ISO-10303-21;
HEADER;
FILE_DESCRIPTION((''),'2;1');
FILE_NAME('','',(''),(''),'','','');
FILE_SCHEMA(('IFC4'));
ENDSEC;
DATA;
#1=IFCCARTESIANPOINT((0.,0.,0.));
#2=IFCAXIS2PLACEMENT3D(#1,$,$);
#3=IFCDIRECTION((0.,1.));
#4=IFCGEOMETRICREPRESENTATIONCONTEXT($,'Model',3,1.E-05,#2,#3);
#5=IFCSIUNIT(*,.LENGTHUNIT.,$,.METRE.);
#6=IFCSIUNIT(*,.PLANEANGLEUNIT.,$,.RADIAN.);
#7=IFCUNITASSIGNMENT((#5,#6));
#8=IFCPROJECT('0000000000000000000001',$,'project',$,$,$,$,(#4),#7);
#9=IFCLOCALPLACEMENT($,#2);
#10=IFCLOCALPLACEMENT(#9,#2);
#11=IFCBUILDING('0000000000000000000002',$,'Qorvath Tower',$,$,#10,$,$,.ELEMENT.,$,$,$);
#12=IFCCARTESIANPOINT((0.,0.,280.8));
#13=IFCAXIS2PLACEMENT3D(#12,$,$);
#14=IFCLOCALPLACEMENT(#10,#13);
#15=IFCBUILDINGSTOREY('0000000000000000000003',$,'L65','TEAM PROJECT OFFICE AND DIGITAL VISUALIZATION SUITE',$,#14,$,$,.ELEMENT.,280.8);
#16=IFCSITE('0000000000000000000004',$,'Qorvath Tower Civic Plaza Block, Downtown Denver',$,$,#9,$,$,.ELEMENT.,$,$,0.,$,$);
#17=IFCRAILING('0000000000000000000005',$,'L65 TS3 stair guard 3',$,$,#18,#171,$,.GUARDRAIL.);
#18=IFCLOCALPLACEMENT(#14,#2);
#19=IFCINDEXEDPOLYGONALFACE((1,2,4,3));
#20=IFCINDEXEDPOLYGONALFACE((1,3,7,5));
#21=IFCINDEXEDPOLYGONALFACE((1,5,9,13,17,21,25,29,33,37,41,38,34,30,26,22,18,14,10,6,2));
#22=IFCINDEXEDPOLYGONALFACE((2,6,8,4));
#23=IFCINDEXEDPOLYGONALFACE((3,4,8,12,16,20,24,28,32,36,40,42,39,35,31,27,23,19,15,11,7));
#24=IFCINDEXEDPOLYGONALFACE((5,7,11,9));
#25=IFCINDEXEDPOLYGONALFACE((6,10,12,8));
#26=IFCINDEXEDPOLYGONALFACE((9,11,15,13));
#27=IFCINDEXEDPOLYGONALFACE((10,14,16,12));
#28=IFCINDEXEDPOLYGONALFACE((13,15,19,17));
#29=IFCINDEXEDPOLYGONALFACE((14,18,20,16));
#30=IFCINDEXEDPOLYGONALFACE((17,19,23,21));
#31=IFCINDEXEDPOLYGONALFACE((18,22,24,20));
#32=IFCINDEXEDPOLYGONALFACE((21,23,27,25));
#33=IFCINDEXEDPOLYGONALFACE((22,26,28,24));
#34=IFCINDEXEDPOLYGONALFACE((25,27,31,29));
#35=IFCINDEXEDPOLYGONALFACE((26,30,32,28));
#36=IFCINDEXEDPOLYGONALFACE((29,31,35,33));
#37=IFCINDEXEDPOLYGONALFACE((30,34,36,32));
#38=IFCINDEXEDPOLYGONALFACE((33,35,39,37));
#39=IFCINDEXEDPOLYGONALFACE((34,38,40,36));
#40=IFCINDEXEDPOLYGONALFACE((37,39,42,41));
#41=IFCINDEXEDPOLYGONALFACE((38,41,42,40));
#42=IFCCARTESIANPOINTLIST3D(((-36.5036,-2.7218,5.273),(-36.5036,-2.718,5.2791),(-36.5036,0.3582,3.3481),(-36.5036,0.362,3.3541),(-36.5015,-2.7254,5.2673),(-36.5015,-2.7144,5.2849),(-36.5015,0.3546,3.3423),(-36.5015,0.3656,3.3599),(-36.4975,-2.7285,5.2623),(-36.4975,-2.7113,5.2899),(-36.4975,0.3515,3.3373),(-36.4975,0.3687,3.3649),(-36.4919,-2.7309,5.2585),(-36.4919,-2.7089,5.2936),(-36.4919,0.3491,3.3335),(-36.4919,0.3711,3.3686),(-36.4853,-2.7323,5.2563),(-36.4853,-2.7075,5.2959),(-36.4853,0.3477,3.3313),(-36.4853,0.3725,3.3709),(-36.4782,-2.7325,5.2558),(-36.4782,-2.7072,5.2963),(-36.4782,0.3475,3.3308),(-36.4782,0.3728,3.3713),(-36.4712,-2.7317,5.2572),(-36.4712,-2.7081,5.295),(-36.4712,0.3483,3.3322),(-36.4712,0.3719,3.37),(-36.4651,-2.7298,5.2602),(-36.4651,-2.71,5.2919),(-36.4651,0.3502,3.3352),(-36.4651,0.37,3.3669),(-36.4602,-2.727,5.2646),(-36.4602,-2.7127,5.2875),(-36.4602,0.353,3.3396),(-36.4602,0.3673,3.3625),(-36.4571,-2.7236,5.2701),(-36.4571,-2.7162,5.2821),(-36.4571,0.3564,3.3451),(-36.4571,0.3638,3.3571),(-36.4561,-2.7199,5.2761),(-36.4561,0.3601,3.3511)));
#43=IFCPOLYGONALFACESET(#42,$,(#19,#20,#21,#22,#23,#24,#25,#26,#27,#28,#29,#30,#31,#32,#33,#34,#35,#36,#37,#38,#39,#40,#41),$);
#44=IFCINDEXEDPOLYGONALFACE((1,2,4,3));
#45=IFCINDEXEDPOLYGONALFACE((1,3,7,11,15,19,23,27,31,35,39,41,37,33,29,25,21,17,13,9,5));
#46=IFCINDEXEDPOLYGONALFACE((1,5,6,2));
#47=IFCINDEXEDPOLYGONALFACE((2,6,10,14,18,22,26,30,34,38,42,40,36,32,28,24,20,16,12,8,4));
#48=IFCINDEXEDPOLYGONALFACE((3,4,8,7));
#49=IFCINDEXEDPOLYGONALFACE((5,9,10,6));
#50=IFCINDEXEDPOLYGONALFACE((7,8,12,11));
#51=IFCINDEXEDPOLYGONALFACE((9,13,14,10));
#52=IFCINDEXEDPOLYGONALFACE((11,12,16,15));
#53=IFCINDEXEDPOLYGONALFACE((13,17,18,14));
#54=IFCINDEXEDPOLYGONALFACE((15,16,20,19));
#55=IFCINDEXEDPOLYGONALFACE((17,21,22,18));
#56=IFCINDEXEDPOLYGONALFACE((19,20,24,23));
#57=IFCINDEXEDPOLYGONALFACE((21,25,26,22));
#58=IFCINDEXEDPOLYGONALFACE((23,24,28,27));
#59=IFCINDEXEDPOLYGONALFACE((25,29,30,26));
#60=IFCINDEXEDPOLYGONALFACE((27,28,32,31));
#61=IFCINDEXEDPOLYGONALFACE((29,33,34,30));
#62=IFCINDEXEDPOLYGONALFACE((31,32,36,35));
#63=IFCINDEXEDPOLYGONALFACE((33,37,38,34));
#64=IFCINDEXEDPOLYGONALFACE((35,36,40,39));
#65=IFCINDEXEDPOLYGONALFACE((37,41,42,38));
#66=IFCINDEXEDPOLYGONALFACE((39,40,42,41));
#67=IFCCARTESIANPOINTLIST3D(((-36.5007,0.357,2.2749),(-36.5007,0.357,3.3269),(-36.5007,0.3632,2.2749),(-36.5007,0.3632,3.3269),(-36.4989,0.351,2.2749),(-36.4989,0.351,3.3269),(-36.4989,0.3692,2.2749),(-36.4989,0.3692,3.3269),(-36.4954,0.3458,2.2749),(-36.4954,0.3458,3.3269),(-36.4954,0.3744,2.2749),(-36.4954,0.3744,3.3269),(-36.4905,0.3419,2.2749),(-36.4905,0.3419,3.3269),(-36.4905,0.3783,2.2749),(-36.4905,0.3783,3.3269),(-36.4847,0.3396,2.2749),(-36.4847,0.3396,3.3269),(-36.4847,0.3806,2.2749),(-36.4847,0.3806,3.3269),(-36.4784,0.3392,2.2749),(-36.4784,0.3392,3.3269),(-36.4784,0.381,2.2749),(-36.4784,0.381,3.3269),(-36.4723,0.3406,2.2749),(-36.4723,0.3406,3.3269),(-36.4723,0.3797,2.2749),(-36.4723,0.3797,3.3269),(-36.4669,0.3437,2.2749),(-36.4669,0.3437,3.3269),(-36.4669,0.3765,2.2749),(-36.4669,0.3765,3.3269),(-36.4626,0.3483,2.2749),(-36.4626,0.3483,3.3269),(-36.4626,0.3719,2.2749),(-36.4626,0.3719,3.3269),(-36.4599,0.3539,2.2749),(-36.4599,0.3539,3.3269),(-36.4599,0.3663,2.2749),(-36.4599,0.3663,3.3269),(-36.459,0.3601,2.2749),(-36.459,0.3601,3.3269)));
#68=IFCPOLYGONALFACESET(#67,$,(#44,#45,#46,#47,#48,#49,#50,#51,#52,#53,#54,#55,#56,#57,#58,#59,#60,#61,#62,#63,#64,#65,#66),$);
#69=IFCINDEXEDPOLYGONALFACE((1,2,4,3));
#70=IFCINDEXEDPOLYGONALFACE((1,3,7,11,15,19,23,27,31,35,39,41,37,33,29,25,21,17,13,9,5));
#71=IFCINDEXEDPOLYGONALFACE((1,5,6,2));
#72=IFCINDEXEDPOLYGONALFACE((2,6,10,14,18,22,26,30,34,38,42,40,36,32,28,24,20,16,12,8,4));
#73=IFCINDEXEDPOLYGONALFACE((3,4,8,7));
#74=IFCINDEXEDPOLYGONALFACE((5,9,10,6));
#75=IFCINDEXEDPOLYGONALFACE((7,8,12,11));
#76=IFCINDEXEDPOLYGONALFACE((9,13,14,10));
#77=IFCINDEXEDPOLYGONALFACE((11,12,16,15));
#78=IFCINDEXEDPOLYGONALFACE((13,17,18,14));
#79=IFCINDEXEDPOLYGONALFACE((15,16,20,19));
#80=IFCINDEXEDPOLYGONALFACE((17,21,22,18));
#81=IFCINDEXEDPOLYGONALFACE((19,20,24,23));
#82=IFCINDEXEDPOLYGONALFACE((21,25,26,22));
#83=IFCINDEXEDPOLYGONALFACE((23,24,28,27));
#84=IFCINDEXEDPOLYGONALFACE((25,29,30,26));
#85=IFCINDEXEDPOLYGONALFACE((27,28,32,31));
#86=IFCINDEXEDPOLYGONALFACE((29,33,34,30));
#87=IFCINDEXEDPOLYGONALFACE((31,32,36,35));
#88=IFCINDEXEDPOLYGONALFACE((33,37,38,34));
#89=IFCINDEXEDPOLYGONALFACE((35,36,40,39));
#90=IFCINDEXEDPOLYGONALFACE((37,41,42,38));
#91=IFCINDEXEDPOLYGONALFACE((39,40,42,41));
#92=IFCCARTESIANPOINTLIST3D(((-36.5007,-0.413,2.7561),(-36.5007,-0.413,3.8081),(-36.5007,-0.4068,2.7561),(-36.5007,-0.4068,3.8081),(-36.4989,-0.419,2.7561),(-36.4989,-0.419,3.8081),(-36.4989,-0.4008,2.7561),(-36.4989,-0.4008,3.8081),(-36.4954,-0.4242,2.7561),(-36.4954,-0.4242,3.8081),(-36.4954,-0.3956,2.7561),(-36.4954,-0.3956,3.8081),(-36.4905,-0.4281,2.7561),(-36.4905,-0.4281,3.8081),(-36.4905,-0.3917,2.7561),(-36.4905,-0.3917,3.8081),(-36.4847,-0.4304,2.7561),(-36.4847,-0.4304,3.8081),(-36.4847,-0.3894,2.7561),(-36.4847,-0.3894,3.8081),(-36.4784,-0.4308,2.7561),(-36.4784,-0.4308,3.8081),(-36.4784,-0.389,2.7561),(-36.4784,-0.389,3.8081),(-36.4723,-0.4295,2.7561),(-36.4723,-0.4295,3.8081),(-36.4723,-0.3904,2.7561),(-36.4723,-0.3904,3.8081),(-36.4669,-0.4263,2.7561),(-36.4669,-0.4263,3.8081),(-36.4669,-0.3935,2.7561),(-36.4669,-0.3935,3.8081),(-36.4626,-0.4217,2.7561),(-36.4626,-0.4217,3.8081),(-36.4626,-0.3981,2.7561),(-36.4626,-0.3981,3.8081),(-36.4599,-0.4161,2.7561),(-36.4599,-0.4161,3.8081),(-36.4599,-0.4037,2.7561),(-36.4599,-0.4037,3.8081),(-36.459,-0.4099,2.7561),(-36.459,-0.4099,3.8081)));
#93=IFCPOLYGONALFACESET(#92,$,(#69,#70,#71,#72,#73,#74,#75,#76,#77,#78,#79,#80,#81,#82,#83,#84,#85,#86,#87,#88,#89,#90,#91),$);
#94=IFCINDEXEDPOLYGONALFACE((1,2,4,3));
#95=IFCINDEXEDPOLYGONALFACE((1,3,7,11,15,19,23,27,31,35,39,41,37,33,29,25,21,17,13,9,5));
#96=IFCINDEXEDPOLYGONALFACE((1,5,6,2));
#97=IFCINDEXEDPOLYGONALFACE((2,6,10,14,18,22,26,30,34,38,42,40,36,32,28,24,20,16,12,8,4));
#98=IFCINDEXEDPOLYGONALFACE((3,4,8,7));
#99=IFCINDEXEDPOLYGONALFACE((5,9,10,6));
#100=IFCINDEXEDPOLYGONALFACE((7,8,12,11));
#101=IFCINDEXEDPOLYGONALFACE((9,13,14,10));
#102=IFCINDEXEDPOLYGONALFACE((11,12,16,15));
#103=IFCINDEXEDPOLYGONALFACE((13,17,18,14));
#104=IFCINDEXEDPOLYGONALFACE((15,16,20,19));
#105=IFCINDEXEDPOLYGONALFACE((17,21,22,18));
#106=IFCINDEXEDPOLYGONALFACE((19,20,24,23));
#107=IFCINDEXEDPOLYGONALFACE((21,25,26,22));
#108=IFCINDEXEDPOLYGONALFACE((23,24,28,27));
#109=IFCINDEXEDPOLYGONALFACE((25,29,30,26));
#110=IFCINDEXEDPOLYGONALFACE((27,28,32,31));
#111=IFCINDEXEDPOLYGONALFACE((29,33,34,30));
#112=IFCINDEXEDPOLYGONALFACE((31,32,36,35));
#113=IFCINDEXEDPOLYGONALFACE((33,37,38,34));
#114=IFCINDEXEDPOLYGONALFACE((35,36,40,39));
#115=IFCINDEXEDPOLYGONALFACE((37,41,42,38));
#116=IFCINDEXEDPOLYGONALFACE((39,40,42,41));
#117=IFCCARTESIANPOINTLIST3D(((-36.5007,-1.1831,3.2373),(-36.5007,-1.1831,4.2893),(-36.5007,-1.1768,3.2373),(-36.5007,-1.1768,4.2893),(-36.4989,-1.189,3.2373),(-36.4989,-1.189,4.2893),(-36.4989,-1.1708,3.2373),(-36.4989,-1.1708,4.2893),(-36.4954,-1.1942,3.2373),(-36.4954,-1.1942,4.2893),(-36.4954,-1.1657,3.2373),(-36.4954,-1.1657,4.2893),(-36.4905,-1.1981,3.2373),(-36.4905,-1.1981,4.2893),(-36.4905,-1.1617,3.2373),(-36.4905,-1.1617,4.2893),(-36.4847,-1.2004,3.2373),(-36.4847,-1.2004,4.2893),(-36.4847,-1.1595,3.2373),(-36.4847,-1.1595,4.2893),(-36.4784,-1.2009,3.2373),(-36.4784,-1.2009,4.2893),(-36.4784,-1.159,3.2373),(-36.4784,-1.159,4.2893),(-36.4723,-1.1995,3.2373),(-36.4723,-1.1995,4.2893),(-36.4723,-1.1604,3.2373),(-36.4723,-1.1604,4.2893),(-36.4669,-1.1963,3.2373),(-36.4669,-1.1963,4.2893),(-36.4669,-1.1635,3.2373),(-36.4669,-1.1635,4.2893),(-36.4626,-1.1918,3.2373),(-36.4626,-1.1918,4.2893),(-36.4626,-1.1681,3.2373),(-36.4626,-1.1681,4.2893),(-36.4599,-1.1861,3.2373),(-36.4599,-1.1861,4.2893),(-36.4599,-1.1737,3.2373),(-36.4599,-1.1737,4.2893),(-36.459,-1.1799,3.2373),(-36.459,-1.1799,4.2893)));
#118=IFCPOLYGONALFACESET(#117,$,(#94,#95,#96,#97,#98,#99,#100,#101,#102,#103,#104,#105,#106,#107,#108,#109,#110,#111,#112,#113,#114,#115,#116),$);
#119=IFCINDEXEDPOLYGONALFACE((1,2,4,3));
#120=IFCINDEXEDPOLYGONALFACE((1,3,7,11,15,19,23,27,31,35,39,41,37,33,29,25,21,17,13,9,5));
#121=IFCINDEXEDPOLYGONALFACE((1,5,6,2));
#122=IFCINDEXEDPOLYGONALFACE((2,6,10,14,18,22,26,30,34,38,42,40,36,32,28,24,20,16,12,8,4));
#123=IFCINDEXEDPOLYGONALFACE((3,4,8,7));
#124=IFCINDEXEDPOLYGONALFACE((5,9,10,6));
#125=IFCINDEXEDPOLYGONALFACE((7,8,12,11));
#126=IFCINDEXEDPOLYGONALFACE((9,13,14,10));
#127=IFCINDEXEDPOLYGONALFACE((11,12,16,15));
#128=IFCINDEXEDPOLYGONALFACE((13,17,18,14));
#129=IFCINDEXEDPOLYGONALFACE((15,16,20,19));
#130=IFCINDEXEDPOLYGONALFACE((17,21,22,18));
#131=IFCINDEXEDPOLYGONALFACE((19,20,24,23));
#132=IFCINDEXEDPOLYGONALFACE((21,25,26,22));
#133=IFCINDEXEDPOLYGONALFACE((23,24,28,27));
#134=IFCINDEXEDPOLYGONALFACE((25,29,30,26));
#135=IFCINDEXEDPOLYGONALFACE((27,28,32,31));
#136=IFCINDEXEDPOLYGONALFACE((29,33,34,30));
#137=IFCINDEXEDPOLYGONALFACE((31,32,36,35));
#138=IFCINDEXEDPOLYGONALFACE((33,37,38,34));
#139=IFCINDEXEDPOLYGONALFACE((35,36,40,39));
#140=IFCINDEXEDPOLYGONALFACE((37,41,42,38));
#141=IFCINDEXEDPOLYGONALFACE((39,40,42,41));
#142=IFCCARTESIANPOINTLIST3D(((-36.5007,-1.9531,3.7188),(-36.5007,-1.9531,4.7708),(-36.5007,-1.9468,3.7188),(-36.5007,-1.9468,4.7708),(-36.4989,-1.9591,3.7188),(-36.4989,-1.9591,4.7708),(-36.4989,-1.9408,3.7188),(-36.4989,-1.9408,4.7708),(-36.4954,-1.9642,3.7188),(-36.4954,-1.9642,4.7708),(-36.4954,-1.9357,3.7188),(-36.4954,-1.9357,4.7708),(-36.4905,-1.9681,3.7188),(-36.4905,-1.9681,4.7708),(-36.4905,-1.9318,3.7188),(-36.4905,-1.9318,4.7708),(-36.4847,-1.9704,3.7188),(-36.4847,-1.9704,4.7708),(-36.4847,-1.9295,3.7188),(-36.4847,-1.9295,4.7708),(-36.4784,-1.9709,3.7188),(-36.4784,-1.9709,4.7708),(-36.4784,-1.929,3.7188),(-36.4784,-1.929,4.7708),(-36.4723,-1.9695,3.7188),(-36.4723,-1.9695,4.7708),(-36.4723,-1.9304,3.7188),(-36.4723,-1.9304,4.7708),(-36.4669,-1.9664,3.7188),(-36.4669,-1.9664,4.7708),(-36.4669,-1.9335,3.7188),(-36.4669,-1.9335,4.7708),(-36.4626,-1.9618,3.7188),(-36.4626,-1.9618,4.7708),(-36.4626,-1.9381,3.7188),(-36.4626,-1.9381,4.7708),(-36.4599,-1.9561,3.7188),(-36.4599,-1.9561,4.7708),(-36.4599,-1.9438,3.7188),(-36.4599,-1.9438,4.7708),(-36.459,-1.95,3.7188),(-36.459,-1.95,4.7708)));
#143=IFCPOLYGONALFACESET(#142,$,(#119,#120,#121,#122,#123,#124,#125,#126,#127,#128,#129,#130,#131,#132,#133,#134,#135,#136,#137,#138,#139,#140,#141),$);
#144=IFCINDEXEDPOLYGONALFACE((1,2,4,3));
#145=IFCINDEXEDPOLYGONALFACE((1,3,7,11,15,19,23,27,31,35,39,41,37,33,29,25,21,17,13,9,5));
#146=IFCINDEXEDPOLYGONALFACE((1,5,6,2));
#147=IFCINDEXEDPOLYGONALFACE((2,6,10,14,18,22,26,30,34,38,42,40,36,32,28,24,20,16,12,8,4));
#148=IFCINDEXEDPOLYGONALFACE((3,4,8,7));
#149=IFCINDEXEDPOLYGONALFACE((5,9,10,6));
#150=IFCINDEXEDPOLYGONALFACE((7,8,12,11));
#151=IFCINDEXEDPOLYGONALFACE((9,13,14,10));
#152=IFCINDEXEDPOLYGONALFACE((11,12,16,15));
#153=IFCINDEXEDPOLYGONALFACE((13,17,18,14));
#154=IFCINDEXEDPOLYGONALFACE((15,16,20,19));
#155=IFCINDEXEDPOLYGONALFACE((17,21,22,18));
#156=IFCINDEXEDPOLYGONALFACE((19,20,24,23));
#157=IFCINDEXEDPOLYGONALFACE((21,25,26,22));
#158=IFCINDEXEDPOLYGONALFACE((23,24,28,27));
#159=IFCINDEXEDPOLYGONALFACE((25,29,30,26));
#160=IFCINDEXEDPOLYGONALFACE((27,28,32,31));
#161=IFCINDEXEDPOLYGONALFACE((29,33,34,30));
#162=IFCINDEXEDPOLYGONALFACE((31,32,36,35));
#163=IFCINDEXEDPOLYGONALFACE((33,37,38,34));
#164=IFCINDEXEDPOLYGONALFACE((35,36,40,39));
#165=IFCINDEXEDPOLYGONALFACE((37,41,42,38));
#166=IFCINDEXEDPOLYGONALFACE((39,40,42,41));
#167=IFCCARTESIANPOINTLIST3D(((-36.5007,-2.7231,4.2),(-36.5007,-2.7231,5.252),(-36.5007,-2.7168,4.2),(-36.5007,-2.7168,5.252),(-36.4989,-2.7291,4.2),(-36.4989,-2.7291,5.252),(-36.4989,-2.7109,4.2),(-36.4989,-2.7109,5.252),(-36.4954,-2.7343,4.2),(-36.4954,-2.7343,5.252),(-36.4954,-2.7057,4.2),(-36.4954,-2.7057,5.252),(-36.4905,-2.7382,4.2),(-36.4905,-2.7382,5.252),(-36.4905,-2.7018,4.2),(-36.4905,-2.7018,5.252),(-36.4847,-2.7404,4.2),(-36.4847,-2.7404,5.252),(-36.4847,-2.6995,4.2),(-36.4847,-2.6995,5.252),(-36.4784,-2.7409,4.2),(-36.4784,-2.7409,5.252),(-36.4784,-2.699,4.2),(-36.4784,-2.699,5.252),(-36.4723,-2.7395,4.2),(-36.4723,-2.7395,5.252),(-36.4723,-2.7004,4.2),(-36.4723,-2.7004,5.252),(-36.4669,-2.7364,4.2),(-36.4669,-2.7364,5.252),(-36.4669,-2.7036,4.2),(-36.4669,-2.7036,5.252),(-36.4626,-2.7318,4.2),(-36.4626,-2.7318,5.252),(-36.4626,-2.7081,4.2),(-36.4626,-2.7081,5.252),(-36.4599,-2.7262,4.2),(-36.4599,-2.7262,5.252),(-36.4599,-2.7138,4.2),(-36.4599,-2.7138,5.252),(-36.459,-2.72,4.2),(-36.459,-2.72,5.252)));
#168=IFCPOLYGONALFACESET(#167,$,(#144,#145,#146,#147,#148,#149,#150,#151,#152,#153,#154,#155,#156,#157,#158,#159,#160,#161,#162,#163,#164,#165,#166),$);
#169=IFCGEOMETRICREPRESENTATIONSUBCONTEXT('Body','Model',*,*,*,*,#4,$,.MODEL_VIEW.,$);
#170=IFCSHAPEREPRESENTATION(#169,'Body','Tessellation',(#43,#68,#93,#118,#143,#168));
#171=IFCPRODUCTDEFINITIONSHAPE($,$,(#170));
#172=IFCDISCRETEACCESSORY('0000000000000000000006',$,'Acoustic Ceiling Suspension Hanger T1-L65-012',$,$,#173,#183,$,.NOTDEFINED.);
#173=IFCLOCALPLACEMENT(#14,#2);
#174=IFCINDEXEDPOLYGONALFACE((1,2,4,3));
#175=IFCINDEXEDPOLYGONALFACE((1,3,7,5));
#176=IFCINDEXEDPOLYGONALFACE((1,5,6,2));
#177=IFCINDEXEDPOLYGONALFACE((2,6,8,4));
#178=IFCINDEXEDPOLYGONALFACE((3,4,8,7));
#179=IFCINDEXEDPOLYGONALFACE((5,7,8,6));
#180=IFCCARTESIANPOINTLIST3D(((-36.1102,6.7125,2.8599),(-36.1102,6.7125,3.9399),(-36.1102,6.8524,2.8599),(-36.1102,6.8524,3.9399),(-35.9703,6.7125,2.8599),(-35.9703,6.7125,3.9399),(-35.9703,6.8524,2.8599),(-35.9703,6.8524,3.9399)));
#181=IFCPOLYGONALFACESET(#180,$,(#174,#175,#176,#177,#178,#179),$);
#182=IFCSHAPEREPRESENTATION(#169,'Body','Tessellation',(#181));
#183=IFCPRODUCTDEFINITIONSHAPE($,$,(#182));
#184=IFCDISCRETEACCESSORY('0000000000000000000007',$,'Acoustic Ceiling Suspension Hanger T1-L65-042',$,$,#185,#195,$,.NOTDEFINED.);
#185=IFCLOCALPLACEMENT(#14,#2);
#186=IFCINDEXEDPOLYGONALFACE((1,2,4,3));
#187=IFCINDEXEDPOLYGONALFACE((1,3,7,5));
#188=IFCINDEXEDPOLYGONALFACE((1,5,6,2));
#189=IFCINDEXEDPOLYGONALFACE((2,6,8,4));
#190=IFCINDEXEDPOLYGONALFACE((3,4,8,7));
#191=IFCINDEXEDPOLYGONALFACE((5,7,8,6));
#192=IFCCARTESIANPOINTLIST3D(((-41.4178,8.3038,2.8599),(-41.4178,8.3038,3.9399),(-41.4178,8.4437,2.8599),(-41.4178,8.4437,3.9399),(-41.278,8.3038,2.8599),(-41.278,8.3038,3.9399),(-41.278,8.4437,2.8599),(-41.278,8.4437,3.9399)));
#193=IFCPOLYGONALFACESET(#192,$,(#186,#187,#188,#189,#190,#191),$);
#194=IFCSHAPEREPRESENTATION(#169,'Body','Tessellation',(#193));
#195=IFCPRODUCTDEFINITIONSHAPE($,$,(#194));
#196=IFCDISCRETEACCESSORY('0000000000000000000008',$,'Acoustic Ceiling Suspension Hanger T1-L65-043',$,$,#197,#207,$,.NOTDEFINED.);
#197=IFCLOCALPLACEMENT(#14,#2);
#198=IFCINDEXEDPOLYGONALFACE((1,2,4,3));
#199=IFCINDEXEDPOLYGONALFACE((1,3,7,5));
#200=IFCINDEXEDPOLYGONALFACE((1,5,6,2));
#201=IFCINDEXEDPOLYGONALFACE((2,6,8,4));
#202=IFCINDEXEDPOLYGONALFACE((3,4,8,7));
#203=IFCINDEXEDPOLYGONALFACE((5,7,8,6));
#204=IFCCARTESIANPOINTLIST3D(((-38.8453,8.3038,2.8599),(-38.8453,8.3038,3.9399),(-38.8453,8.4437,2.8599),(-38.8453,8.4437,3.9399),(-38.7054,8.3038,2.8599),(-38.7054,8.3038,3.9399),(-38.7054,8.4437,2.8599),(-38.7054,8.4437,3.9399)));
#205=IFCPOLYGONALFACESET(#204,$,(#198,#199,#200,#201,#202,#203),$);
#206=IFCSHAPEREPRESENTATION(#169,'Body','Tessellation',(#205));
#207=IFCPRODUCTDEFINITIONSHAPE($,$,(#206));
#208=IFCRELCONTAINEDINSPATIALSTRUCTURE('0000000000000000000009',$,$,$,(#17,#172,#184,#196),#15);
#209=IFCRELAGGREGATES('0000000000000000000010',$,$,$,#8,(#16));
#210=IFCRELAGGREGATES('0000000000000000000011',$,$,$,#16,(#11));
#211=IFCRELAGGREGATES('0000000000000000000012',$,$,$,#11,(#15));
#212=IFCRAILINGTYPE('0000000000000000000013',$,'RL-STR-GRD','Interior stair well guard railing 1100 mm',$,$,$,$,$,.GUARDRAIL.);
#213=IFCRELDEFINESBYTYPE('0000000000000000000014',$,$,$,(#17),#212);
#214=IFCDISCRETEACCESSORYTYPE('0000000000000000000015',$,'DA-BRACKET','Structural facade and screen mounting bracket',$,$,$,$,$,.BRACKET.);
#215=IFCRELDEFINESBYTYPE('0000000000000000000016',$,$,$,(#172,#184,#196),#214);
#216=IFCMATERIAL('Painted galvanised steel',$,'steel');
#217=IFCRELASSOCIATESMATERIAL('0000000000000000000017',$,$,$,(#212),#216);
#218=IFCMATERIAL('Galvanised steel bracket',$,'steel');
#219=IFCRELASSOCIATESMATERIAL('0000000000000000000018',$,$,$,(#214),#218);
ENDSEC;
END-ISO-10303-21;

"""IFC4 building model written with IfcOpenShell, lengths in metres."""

from ifc_helpers import new_model, si_unit, direction, frame, origin, origin_2d, place, context, subcontext, project, spatial, rectangle, circle, extrude, material, type_object, element, save


model = new_model("IFC4")

# Units and contexts
model_context = context("Model", 3, precision=1e-05, world=origin(), true_north=direction((0.0, 1.0)))
body_context = subcontext(model_context, "Body", "Model", "MODEL_VIEW")
ifc_project = project(units=[si_unit("LENGTHUNIT", "METRE"), si_unit("PLANEANGLEUNIT", "RADIAN")], contexts=[model_context])

# Site, building, storey
site_placement = place(None, origin())
site = spatial("IfcSite", under=ifc_project, at=site_placement, Name="Qorvath Tower Civic Plaza Block, Downtown Denver", CompositionType="ELEMENT", RefElevation=0.0)
building_placement = place(site_placement, origin())
building = spatial("IfcBuilding", under=site, at=building_placement, Name="Qorvath Tower", CompositionType="ELEMENT")
storey_placement = place(building_placement, frame((0.0, 0.0, 280.8)))
storey = spatial("IfcBuildingStorey", under=building, at=storey_placement, Name="L65", Description="TEAM PROJECT OFFICE AND DIGITAL VISUALIZATION SUITE", CompositionType="ELEMENT", Elevation=280.8)

# Railing
ifc_material_1 = material(Name="Painted galvanised steel", Category="steel")
railing_type = type_object("IfcRailingType", Name="RL-STR-GRD", Description="Interior stair well guard railing 1100 mm", PredefinedType="GUARDRAIL", material=ifc_material_1)
railing_1_placement = place(storey_placement, frame((-36.48, 0.3601, 2.2749)))
element("IfcRailing", 1, at=railing_1_placement, inside=storey, type_object=railing_type, Name="L65 TS3 stair guard 3", PredefinedType="GUARDRAIL", context=body_context, shape_type="SweptSolid", body=[
    extrude(circle(Radius=0.0239, at=origin_2d()), frame((0.0, 0.0, 1.0762), z_axis=(0.0, -0.847998, 0.529999), x_axis=(1.0, 0.0, 0.0)), (0.0, 0.0, 1.0), 3.6321),
    extrude(circle(Radius=0.021, at=origin_2d()), origin(), (0.0, 0.0, 1.0), 1.052),
    extrude(circle(Radius=0.021, at=origin_2d()), frame((0.0, -0.77, 0.4812)), (0.0, 0.0, 1.0), 1.052),
    extrude(circle(Radius=0.021, at=origin_2d()), frame((0.0, -1.54, 0.9624)), (0.0, 0.0, 1.0), 1.052),
    extrude(circle(Radius=0.021, at=origin_2d()), frame((0.0, -2.3101, 1.4438)), (0.0, 0.0, 1.0), 1.052),
    extrude(circle(Radius=0.021, at=origin_2d()), frame((0.0, -3.0801, 1.925)), (0.0, 0.0, 1.0), 1.052),
])

# Discrete accessories
ifc_material_2 = material(Name="Galvanised steel bracket", Category="steel")
discrete_accessory_type = type_object("IfcDiscreteAccessoryType", Name="DA-BRACKET", Description="Structural facade and screen mounting bracket", PredefinedType="BRACKET", material=ifc_material_2)
for number, where, z_axis, x_axis, name in (
    (2, (-36.0403, 6.7825, 2.8599), (0.0, 0.0, 1.0), (1.0, 0.0, 0.0), "Acoustic Ceiling Suspension Hanger T1-L65-012"),
    (3, (-41.3479, 8.3738, 2.8599), (0.0, 0.0, 1.0), (1.0, 0.0, 0.0), "Acoustic Ceiling Suspension Hanger T1-L65-042"),
    (4, (-38.7754, 8.3738, 2.8599), (0.0, 0.0, 1.0), (1.0, 0.0, 0.0), "Acoustic Ceiling Suspension Hanger T1-L65-043"),
):
    element("IfcDiscreteAccessory", number, at=place(storey_placement, frame(where, z_axis=z_axis, x_axis=x_axis)), inside=storey, type_object=discrete_accessory_type, Name=name, PredefinedType="NOTDEFINED", context=body_context, shape_type="SweptSolid", body=[
        extrude(rectangle(XDim=0.1399, YDim=0.1399, at=origin_2d()), origin(), (0.0, 0.0, 1.0), 1.0801),
    ])

save(model, "model.ifc")
